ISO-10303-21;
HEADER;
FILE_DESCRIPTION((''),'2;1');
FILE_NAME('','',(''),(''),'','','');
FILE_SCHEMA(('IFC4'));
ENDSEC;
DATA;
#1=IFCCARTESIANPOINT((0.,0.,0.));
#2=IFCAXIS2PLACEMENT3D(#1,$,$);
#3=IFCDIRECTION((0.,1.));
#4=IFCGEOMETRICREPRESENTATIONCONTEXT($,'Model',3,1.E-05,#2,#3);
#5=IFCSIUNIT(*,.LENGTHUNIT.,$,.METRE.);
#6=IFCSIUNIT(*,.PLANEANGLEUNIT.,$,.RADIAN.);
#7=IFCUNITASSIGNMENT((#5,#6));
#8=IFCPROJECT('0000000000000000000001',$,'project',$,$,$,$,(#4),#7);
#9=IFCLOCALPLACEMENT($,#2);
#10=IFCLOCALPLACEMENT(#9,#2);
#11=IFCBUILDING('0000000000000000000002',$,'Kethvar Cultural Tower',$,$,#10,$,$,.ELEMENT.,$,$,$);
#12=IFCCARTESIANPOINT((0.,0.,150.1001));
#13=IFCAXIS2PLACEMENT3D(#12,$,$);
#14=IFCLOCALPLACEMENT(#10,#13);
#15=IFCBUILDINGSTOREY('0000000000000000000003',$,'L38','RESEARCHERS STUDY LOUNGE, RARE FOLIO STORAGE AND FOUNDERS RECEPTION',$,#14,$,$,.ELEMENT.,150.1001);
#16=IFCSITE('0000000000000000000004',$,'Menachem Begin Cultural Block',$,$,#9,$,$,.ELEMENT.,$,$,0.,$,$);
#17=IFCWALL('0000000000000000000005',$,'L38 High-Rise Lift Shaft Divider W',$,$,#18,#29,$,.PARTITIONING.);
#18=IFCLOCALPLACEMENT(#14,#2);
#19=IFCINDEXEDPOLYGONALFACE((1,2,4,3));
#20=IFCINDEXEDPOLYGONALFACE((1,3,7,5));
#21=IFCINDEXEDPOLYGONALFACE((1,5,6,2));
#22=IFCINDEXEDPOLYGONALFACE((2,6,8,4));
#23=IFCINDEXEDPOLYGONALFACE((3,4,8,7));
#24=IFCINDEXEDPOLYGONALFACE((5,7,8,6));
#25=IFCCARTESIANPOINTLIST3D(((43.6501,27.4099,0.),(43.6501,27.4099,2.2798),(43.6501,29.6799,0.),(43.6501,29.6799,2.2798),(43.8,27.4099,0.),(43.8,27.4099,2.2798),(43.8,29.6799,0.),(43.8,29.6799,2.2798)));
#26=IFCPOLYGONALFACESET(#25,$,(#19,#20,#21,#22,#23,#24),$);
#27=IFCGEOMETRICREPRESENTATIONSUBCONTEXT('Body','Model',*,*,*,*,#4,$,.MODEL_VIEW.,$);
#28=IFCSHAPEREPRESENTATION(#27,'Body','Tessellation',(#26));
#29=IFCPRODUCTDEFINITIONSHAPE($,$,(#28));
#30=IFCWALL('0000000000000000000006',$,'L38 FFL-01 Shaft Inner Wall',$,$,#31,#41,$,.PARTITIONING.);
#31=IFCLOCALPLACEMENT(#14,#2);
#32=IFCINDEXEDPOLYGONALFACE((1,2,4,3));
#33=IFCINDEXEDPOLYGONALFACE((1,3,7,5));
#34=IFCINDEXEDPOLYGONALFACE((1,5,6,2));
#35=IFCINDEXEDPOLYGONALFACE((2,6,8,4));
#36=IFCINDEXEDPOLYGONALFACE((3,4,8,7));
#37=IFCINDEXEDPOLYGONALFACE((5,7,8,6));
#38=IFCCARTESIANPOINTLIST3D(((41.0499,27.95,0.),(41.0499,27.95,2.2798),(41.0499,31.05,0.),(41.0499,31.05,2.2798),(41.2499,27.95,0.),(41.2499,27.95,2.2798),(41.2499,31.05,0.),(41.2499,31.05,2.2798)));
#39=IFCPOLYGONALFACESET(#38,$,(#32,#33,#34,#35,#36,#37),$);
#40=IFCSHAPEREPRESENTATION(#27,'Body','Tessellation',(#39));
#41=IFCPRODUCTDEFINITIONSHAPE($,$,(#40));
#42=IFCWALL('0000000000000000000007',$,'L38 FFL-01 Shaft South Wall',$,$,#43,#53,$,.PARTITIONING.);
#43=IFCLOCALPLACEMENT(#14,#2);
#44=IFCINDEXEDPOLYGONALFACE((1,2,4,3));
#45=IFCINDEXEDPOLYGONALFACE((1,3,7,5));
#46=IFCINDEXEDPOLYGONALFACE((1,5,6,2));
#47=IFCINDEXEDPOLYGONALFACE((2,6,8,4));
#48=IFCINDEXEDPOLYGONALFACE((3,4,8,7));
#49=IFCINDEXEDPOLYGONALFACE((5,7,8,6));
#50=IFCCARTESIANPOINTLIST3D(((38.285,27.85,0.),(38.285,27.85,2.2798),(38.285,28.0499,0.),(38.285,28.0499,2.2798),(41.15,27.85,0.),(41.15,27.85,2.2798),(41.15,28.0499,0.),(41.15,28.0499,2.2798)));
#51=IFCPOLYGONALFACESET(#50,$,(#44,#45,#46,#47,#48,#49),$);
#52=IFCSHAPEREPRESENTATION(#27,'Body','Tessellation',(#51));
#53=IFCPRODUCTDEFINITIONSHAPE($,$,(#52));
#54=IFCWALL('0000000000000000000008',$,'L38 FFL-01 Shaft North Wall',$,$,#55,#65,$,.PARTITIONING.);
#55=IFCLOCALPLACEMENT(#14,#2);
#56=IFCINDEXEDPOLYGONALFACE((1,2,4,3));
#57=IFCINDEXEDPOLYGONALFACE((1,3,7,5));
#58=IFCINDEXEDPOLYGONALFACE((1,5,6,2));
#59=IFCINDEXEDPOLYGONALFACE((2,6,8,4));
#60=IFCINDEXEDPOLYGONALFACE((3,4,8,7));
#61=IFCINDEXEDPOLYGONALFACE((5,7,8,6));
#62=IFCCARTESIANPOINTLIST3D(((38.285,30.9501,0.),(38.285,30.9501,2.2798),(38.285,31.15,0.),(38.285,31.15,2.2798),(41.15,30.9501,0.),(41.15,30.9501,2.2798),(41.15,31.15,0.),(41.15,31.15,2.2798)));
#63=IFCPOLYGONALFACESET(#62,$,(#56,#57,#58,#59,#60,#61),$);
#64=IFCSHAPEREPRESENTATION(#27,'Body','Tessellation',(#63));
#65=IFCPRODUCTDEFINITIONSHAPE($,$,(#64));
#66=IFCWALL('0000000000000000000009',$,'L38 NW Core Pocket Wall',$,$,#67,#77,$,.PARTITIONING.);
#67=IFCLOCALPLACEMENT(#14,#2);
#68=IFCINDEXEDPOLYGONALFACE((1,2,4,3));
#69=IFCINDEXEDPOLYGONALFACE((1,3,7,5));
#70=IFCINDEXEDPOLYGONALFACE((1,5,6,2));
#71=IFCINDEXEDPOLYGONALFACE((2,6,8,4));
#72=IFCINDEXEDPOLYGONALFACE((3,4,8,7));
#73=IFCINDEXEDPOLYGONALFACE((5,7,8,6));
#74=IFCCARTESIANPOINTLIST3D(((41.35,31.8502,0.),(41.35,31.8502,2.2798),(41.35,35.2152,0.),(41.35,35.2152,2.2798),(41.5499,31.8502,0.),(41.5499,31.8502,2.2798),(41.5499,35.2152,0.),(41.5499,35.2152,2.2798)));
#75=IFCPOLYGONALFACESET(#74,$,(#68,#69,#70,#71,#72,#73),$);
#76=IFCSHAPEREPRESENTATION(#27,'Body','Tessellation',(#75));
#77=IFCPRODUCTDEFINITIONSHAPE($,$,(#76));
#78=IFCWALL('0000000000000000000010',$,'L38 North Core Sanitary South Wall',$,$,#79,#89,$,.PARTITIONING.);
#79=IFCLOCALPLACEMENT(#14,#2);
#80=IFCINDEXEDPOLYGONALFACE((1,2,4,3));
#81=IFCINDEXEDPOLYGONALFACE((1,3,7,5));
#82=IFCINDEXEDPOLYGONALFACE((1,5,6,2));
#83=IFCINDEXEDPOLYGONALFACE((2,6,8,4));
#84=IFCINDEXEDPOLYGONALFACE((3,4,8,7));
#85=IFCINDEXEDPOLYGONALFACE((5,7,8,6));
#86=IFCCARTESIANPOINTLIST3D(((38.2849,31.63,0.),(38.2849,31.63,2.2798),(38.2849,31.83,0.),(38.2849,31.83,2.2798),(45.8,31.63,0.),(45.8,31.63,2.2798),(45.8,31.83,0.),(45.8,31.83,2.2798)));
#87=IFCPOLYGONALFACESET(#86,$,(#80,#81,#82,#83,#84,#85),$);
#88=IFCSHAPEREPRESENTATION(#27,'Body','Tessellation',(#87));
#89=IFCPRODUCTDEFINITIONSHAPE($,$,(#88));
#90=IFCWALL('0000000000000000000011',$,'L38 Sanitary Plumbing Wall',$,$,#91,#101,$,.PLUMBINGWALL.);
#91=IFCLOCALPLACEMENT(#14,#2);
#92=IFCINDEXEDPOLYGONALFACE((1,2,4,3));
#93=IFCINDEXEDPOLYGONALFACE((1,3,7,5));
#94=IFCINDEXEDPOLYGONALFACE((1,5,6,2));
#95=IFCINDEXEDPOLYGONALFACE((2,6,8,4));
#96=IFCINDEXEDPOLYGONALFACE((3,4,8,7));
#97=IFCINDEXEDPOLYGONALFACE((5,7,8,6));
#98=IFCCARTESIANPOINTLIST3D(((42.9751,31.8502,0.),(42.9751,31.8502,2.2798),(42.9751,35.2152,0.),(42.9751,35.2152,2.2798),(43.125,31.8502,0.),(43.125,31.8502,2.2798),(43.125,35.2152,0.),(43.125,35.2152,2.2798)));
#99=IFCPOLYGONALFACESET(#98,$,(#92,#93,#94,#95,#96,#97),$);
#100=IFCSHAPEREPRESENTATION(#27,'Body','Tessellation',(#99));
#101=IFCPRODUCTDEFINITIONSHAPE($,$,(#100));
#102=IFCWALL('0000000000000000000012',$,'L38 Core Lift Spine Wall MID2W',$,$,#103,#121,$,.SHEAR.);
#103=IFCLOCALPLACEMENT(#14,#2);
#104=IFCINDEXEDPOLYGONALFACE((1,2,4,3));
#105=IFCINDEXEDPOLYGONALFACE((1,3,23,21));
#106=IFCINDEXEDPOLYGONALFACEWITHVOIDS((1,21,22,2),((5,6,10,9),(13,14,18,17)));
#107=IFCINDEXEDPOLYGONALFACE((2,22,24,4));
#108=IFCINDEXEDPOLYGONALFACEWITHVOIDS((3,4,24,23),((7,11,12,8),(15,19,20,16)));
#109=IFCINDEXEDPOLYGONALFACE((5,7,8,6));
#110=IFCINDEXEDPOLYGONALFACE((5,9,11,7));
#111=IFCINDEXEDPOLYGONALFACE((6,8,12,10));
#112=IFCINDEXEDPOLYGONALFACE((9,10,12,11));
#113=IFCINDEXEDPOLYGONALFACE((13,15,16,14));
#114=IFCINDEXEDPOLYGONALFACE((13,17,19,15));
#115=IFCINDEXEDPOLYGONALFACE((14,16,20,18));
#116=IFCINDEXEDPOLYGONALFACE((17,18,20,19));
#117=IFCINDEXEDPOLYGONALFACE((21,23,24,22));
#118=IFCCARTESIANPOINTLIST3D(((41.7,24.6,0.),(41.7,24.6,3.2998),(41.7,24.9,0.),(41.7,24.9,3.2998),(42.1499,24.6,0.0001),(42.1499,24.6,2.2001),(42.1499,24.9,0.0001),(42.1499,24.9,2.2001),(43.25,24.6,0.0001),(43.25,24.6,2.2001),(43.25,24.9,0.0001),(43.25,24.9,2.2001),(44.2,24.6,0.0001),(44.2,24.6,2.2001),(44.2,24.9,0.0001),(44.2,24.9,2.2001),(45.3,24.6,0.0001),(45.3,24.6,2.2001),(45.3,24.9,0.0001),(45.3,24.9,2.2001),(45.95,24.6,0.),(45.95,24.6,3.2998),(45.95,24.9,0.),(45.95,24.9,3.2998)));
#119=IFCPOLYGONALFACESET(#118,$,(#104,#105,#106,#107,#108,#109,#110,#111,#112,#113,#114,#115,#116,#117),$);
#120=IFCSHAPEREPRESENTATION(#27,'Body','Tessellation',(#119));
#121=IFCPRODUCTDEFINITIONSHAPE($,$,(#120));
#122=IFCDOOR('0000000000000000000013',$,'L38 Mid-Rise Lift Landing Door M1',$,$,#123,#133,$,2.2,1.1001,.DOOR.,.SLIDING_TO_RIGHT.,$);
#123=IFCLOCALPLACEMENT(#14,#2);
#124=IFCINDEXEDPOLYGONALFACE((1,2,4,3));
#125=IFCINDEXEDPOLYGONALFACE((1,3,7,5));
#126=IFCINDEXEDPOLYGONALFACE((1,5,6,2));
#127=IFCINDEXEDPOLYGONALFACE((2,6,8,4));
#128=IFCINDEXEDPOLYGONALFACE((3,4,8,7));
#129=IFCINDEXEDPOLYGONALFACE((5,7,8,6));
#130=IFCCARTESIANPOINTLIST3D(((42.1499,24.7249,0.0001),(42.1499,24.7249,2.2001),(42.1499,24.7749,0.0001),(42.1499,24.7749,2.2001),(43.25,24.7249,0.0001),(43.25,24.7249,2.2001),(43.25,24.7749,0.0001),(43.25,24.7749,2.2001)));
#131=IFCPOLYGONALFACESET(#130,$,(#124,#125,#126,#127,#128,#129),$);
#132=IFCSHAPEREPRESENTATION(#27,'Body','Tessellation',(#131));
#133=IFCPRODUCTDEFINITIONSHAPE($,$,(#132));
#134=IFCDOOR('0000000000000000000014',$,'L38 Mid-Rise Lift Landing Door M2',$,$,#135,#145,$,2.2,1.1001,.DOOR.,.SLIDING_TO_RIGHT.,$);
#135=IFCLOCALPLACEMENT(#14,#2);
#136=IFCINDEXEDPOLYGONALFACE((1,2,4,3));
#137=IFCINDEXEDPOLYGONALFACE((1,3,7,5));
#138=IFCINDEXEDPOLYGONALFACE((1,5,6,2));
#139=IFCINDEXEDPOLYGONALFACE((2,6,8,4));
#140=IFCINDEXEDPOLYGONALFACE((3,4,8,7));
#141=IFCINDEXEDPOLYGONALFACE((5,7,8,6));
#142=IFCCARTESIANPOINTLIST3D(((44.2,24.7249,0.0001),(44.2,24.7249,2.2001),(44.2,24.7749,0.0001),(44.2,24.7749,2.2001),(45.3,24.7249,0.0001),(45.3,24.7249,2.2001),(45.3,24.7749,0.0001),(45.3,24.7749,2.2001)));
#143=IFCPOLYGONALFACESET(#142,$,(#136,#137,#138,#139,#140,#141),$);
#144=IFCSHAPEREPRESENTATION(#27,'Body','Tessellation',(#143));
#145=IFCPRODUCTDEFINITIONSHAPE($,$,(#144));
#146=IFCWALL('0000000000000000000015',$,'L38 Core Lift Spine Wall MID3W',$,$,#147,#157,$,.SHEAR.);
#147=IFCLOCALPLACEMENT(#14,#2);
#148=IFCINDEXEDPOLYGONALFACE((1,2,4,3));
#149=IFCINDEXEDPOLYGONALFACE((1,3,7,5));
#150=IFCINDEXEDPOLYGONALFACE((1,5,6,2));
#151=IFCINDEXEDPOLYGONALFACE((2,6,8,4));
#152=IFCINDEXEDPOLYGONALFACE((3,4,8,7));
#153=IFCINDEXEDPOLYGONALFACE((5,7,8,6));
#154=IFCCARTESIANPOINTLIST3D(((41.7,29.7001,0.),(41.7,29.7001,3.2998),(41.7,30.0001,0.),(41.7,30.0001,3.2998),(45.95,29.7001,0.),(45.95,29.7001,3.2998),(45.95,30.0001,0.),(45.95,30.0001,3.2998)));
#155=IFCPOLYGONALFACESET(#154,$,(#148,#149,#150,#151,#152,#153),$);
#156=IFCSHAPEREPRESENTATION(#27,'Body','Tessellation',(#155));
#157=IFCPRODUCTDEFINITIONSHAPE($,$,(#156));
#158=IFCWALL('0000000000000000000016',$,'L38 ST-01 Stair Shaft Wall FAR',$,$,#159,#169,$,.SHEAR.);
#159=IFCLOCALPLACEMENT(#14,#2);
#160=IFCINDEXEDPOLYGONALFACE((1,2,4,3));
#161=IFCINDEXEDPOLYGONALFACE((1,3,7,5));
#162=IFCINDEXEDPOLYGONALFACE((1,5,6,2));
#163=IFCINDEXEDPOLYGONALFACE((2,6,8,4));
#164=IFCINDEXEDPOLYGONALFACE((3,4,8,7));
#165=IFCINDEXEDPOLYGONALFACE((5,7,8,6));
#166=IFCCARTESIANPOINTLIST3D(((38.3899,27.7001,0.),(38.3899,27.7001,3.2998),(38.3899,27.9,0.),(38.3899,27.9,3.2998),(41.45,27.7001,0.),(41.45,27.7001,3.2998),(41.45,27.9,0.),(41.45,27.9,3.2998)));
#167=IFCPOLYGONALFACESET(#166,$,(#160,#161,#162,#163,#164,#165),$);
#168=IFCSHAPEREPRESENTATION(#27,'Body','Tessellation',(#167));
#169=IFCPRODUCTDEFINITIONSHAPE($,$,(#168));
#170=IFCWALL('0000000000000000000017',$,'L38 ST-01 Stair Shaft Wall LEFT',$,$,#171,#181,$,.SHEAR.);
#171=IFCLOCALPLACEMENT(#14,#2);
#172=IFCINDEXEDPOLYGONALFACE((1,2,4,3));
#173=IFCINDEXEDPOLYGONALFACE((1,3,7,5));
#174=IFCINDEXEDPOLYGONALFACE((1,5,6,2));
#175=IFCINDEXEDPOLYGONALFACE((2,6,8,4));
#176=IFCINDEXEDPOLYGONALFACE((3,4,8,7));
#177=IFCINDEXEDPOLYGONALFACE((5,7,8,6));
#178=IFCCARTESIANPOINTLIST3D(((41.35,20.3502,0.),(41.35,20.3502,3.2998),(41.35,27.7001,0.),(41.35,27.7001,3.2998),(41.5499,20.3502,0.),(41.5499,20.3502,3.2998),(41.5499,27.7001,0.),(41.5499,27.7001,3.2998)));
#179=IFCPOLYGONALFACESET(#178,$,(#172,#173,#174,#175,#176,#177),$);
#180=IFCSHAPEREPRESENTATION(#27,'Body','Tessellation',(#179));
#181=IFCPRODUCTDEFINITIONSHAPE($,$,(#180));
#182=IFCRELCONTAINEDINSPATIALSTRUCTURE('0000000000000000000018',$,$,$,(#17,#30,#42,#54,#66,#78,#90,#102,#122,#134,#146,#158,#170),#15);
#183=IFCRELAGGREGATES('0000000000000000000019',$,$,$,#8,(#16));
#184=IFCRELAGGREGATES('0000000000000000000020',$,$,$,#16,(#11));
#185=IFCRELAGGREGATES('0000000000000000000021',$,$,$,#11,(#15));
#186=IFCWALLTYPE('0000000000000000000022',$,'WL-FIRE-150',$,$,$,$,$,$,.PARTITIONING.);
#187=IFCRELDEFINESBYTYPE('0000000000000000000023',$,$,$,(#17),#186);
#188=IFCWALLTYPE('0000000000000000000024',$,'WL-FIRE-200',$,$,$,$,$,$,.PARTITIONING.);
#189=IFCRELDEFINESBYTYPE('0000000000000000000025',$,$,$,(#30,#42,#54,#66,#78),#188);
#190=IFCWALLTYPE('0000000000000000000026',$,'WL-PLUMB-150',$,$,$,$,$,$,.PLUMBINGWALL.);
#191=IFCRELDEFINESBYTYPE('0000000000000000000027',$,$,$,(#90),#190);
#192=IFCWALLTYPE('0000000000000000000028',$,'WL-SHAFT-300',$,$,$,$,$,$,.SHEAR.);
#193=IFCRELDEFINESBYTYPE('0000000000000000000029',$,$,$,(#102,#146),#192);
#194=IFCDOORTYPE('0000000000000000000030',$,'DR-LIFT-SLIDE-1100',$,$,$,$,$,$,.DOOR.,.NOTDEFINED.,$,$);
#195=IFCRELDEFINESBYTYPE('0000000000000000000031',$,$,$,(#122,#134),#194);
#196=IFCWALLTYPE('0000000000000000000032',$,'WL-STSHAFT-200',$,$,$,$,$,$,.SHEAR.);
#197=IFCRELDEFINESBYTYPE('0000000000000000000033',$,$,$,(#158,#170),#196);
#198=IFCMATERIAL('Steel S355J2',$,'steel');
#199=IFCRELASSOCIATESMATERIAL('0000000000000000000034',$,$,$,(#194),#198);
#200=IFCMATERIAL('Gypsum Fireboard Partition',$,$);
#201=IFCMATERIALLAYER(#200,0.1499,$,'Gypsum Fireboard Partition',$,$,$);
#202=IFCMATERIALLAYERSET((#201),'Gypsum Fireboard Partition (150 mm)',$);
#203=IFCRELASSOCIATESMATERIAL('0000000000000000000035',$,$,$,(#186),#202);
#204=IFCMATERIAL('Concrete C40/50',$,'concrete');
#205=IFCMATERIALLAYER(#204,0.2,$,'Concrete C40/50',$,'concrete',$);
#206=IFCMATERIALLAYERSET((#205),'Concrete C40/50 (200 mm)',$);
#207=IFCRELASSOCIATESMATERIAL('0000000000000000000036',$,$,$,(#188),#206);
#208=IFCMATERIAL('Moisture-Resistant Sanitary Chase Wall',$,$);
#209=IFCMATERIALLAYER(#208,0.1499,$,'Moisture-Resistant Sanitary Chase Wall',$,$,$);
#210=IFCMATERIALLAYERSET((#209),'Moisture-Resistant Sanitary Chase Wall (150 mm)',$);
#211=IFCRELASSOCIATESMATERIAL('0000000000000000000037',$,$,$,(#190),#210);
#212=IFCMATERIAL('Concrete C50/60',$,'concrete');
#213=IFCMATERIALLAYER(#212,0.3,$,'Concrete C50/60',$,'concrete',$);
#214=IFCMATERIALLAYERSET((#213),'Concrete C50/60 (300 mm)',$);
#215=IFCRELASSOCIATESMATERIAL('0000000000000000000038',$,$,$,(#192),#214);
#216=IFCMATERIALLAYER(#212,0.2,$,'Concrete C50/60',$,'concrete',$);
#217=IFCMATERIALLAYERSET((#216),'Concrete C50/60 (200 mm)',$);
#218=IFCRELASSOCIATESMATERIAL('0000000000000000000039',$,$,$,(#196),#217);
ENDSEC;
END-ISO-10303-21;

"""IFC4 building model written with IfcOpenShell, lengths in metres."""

from ifc_helpers import new_model, si_unit, direction, frame, frame_2d, origin, place, context, subcontext, project, spatial, rectangle, extrude, source, transform, mapped, material, layer, layer_set, type_object, element, fill, save


model = new_model("IFC4")

# Units and contexts
model_context = context("Model", 3, precision=1e-05, world=origin(), true_north=direction((0.0, 1.0)))
body_context = subcontext(model_context, "Body", "Model", "MODEL_VIEW")
ifc_project = project(units=[si_unit("LENGTHUNIT", "METRE"), si_unit("PLANEANGLEUNIT", "RADIAN")], contexts=[model_context])

# Site, building, storey
site_placement = place(None, origin())
site = spatial("IfcSite", under=ifc_project, at=site_placement, Name="Menachem Begin Cultural Block", CompositionType="ELEMENT", RefElevation=0.0)
building_placement = place(site_placement, origin())
building = spatial("IfcBuilding", under=site, at=building_placement, Name="Kethvar Cultural Tower", CompositionType="ELEMENT")
storey_placement = place(building_placement, frame((0.0, 0.0, 150.1001)))
storey = spatial("IfcBuildingStorey", under=building, at=storey_placement, Name="L38", Description="RESEARCHERS STUDY LOUNGE, RARE FOLIO STORAGE AND FOUNDERS RECEPTION", CompositionType="ELEMENT", Elevation=150.1001)

# Shared definitions
ifc_material_1 = material(Name="Steel S355J2", Category="steel")

# Shared definitions
door_type = type_object("IfcDoorType", Name="DR-LIFT-SLIDE-1100", OperationType="NOTDEFINED", PredefinedType="DOOR", material=ifc_material_1)
shared_shape_1 = source(origin(), body_context, "Body", "SweptSolid", [
    extrude(rectangle(XDim=1.1001, YDim=2.2, at=frame_2d((0.55, 1.1001))), frame((0.0, 0.0249, 0.0), z_axis=(0.0, -1.0, 0.0), x_axis=(1.0, 0.0, 0.0)), (0.0, 0.0, 1.0), 0.05),
])

# Walls
ifc_material_2 = material(Name="Gypsum Fireboard Partition")
ifc_layer_1 = layer(ifc_material_2, 0.1499, Name="Gypsum Fireboard Partition")
ifc_layer_set_1 = layer_set([ifc_layer_1], Name="Gypsum Fireboard Partition (150 mm)")
wall_type_1 = type_object("IfcWallType", Name="WL-FIRE-150", PredefinedType="PARTITIONING", material=ifc_layer_set_1)
for number, where, z_axis, x_axis, name in (
    (1, (43.7251, 27.4099, 0.0), (0.0, 0.0, 1.0), (0.0, 1.0, 0.0), "L38 High-Rise Lift Shaft Divider W"),
):
    element("IfcWall", number, at=place(storey_placement, frame(where, z_axis=z_axis, x_axis=x_axis)), inside=storey, type_object=wall_type_1, Name=name, PredefinedType="PARTITIONING", context=body_context, shape_type="SweptSolid", body=[
        extrude(rectangle(XDim=2.27, YDim=0.1499, at=frame_2d((1.135, 0.0))), origin(), (0.0, 0.0, 1.0), 2.2798),
    ])
ifc_material_3 = material(Name="Concrete C40/50", Category="concrete")
ifc_layer_2 = layer(ifc_material_3, 0.2, Name="Concrete C40/50", Category="concrete")
ifc_layer_set_2 = layer_set([ifc_layer_2], Name="Concrete C40/50 (200 mm)")
wall_type_2 = type_object("IfcWallType", Name="WL-FIRE-200", PredefinedType="PARTITIONING", material=ifc_layer_set_2)
wall_1_placement = place(storey_placement, frame((41.1499, 27.95, 0.0), z_axis=(0.0, 0.0, 1.0), x_axis=(0.0, 1.0, 0.0)))
element("IfcWall", 2, at=wall_1_placement, inside=storey, type_object=wall_type_2, Name="L38 FFL-01 Shaft Inner Wall", PredefinedType="PARTITIONING", context=body_context, shape_type="SweptSolid", body=[
    extrude(rectangle(XDim=3.1001, YDim=0.2, at=frame_2d((1.55, 0.0))), origin(), (0.0, 0.0, 1.0), 2.2798),
])
for number, where, z_axis, x_axis, name in (
    (3, (38.2849, 27.95, 0.0), (0.0, 0.0, 1.0), (1.0, 0.0, 0.0), "L38 FFL-01 Shaft South Wall"),
    (4, (38.2849, 31.05, 0.0), (0.0, 0.0, 1.0), (1.0, 0.0, 0.0), "L38 FFL-01 Shaft North Wall"),
):
    element("IfcWall", number, at=place(storey_placement, frame(where, z_axis=z_axis, x_axis=x_axis)), inside=storey, type_object=wall_type_2, Name=name, PredefinedType="PARTITIONING", context=body_context, shape_type="SweptSolid", body=[
        extrude(rectangle(XDim=2.865, YDim=0.2, at=frame_2d((1.4326, 0.0))), origin(), (0.0, 0.0, 1.0), 2.2798),
    ])
wall_2_placement = place(storey_placement, frame((41.45, 31.8501, 0.0), z_axis=(0.0, 0.0, 1.0), x_axis=(0.0, 1.0, 0.0)))
element("IfcWall", 5, at=wall_2_placement, inside=storey, type_object=wall_type_2, Name="L38 NW Core Pocket Wall", PredefinedType="PARTITIONING", context=body_context, shape_type="SweptSolid", body=[
    extrude(rectangle(XDim=3.365, YDim=0.2, at=frame_2d((1.6826, 0.0))), origin(), (0.0, 0.0, 1.0), 2.2798),
])
wall_3_placement = place(storey_placement, frame((38.2849, 31.73, 0.0), z_axis=(0.0, 0.0, 1.0), x_axis=(1.0, 0.0, 0.0)))
element("IfcWall", 6, at=wall_3_placement, inside=storey, type_object=wall_type_2, Name="L38 North Core Sanitary South Wall", PredefinedType="PARTITIONING", context=body_context, shape_type="SweptSolid", body=[
    extrude(rectangle(XDim=7.5151, YDim=0.2, at=frame_2d((3.7576, 0.0))), origin(), (0.0, 0.0, 1.0), 2.2798),
])
ifc_material_4 = material(Name="Moisture-Resistant Sanitary Chase Wall")
ifc_layer_3 = layer(ifc_material_4, 0.1499, Name="Moisture-Resistant Sanitary Chase Wall")
ifc_layer_set_3 = layer_set([ifc_layer_3], Name="Moisture-Resistant Sanitary Chase Wall (150 mm)")
wall_type_3 = type_object("IfcWallType", Name="WL-PLUMB-150", PredefinedType="PLUMBINGWALL", material=ifc_layer_set_3)
wall_4_placement = place(storey_placement, frame((43.05, 31.8501, 0.0), z_axis=(0.0, 0.0, 1.0), x_axis=(0.0, 1.0, 0.0)))
element("IfcWall", 7, at=wall_4_placement, inside=storey, type_object=wall_type_3, Name="L38 Sanitary Plumbing Wall", PredefinedType="PLUMBINGWALL", context=body_context, shape_type="SweptSolid", body=[
    extrude(rectangle(XDim=3.365, YDim=0.1499, at=frame_2d((1.6826, 0.0))), origin(), (0.0, 0.0, 1.0), 2.2798),
])

# Wall, openings, doors
ifc_material_5 = material(Name="Concrete C50/60", Category="concrete")
ifc_layer_4 = layer(ifc_material_5, 0.3, Name="Concrete C50/60", Category="concrete")
ifc_layer_set_4 = layer_set([ifc_layer_4], Name="Concrete C50/60 (300 mm)")
wall_type_4 = type_object("IfcWallType", Name="WL-SHAFT-300", PredefinedType="SHEAR", material=ifc_layer_set_4)
wall_5_placement = place(storey_placement, frame((41.7, 24.75, 0.0), z_axis=(0.0, 0.0, 1.0), x_axis=(1.0, 0.0, 0.0)))
wall_5 = element("IfcWall", 8, at=wall_5_placement, inside=storey, type_object=wall_type_4, Name="L38 Core Lift Spine Wall MID2W", PredefinedType="SHEAR", context=body_context, shape_type="SweptSolid", body=[
    extrude(rectangle(XDim=4.25, YDim=0.3, at=frame_2d((2.125, 0.0))), origin(), (0.0, 0.0, 1.0), 3.2998),
])
opening_1_placement = place(wall_5_placement, frame((0.45, 0.0, 0.0)))
opening_1 = element("IfcOpeningElement", 9, at=opening_1_placement, cuts=wall_5, PredefinedType="OPENING", context=body_context, shape_type="SweptSolid", body=[
    extrude(rectangle(XDim=1.1001, YDim=2.2, at=frame_2d((0.55, 1.1001))), frame((0.0, 0.1599, 0.0), z_axis=(0.0, -1.0, 0.0), x_axis=(1.0, 0.0, 0.0)), (0.0, 0.0, 1.0), 0.3201),
])
opening_2_placement = place(wall_5_placement, frame((2.5, 0.0, 0.0)))
opening_2 = element("IfcOpeningElement", 10, at=opening_2_placement, cuts=wall_5, PredefinedType="OPENING", context=body_context, shape_type="SweptSolid", body=[
    extrude(rectangle(XDim=1.1001, YDim=2.2, at=frame_2d((0.55, 1.1001))), frame((0.0, 0.1599, 0.0), z_axis=(0.0, -1.0, 0.0), x_axis=(1.0, 0.0, 0.0)), (0.0, 0.0, 1.0), 0.3201),
])
door_1_placement = place(opening_1_placement, origin())
door_1 = element("IfcDoor", 11, at=door_1_placement, inside=storey, type_object=door_type, Name="L38 Mid-Rise Lift Landing Door M1", OperationType="SLIDING_TO_RIGHT", OverallHeight=2.2, OverallWidth=1.1001, PredefinedType="DOOR", context=body_context, shape_type="MappedRepresentation", body=[
    mapped(shared_shape_1, transform((0.0, 0.0, 0.0), scale=1.0)),
])
fill(opening_1, door_1)
door_2_placement = place(opening_2_placement, origin())
door_2 = element("IfcDoor", 12, at=door_2_placement, inside=storey, type_object=door_type, Name="L38 Mid-Rise Lift Landing Door M2", OperationType="SLIDING_TO_RIGHT", OverallHeight=2.2, OverallWidth=1.1001, PredefinedType="DOOR", context=body_context, shape_type="MappedRepresentation", body=[
    mapped(shared_shape_1, transform((0.0, 0.0, 0.0), scale=1.0)),
])
fill(opening_2, door_2)

# Walls
wall_6_placement = place(storey_placement, frame((41.7, 29.8501, 0.0), z_axis=(0.0, 0.0, 1.0), x_axis=(1.0, 0.0, 0.0)))
element("IfcWall", 13, at=wall_6_placement, inside=storey, type_object=wall_type_4, Name="L38 Core Lift Spine Wall MID3W", PredefinedType="SHEAR", context=body_context, shape_type="SweptSolid", body=[
    extrude(rectangle(XDim=4.25, YDim=0.3, at=frame_2d((2.125, 0.0))), origin(), (0.0, 0.0, 1.0), 3.2998),
])
ifc_layer_5 = layer(ifc_material_5, 0.2, Name="Concrete C50/60", Category="concrete")
ifc_layer_set_5 = layer_set([ifc_layer_5], Name="Concrete C50/60 (200 mm)")
wall_type_5 = type_object("IfcWallType", Name="WL-STSHAFT-200", PredefinedType="SHEAR", material=ifc_layer_set_5)
wall_7_placement = place(storey_placement, frame((38.3899, 27.8, 0.0), z_axis=(0.0, 0.0, 1.0), x_axis=(1.0, 0.0, 0.0)))
element("IfcWall", 14, at=wall_7_placement, inside=storey, type_object=wall_type_5, Name="L38 ST-01 Stair Shaft Wall FAR", PredefinedType="SHEAR", context=body_context, shape_type="SweptSolid", body=[
    extrude(rectangle(XDim=3.0601, YDim=0.2, at=frame_2d((1.53, 0.0))), origin(), (0.0, 0.0, 1.0), 3.2998),
])
wall_8_placement = place(storey_placement, frame((41.45, 27.7, 0.0), z_axis=(0.0, 0.0, 1.0), x_axis=(0.0, -1.0, 0.0)))
element("IfcWall", 15, at=wall_8_placement, inside=storey, type_object=wall_type_5, Name="L38 ST-01 Stair Shaft Wall LEFT", PredefinedType="SHEAR", context=body_context, shape_type="SweptSolid", body=[
    extrude(rectangle(XDim=7.3499, YDim=0.2, at=frame_2d((3.6748, 0.0))), origin(), (0.0, 0.0, 1.0), 3.2998),
])

save(model, "model.ifc")
